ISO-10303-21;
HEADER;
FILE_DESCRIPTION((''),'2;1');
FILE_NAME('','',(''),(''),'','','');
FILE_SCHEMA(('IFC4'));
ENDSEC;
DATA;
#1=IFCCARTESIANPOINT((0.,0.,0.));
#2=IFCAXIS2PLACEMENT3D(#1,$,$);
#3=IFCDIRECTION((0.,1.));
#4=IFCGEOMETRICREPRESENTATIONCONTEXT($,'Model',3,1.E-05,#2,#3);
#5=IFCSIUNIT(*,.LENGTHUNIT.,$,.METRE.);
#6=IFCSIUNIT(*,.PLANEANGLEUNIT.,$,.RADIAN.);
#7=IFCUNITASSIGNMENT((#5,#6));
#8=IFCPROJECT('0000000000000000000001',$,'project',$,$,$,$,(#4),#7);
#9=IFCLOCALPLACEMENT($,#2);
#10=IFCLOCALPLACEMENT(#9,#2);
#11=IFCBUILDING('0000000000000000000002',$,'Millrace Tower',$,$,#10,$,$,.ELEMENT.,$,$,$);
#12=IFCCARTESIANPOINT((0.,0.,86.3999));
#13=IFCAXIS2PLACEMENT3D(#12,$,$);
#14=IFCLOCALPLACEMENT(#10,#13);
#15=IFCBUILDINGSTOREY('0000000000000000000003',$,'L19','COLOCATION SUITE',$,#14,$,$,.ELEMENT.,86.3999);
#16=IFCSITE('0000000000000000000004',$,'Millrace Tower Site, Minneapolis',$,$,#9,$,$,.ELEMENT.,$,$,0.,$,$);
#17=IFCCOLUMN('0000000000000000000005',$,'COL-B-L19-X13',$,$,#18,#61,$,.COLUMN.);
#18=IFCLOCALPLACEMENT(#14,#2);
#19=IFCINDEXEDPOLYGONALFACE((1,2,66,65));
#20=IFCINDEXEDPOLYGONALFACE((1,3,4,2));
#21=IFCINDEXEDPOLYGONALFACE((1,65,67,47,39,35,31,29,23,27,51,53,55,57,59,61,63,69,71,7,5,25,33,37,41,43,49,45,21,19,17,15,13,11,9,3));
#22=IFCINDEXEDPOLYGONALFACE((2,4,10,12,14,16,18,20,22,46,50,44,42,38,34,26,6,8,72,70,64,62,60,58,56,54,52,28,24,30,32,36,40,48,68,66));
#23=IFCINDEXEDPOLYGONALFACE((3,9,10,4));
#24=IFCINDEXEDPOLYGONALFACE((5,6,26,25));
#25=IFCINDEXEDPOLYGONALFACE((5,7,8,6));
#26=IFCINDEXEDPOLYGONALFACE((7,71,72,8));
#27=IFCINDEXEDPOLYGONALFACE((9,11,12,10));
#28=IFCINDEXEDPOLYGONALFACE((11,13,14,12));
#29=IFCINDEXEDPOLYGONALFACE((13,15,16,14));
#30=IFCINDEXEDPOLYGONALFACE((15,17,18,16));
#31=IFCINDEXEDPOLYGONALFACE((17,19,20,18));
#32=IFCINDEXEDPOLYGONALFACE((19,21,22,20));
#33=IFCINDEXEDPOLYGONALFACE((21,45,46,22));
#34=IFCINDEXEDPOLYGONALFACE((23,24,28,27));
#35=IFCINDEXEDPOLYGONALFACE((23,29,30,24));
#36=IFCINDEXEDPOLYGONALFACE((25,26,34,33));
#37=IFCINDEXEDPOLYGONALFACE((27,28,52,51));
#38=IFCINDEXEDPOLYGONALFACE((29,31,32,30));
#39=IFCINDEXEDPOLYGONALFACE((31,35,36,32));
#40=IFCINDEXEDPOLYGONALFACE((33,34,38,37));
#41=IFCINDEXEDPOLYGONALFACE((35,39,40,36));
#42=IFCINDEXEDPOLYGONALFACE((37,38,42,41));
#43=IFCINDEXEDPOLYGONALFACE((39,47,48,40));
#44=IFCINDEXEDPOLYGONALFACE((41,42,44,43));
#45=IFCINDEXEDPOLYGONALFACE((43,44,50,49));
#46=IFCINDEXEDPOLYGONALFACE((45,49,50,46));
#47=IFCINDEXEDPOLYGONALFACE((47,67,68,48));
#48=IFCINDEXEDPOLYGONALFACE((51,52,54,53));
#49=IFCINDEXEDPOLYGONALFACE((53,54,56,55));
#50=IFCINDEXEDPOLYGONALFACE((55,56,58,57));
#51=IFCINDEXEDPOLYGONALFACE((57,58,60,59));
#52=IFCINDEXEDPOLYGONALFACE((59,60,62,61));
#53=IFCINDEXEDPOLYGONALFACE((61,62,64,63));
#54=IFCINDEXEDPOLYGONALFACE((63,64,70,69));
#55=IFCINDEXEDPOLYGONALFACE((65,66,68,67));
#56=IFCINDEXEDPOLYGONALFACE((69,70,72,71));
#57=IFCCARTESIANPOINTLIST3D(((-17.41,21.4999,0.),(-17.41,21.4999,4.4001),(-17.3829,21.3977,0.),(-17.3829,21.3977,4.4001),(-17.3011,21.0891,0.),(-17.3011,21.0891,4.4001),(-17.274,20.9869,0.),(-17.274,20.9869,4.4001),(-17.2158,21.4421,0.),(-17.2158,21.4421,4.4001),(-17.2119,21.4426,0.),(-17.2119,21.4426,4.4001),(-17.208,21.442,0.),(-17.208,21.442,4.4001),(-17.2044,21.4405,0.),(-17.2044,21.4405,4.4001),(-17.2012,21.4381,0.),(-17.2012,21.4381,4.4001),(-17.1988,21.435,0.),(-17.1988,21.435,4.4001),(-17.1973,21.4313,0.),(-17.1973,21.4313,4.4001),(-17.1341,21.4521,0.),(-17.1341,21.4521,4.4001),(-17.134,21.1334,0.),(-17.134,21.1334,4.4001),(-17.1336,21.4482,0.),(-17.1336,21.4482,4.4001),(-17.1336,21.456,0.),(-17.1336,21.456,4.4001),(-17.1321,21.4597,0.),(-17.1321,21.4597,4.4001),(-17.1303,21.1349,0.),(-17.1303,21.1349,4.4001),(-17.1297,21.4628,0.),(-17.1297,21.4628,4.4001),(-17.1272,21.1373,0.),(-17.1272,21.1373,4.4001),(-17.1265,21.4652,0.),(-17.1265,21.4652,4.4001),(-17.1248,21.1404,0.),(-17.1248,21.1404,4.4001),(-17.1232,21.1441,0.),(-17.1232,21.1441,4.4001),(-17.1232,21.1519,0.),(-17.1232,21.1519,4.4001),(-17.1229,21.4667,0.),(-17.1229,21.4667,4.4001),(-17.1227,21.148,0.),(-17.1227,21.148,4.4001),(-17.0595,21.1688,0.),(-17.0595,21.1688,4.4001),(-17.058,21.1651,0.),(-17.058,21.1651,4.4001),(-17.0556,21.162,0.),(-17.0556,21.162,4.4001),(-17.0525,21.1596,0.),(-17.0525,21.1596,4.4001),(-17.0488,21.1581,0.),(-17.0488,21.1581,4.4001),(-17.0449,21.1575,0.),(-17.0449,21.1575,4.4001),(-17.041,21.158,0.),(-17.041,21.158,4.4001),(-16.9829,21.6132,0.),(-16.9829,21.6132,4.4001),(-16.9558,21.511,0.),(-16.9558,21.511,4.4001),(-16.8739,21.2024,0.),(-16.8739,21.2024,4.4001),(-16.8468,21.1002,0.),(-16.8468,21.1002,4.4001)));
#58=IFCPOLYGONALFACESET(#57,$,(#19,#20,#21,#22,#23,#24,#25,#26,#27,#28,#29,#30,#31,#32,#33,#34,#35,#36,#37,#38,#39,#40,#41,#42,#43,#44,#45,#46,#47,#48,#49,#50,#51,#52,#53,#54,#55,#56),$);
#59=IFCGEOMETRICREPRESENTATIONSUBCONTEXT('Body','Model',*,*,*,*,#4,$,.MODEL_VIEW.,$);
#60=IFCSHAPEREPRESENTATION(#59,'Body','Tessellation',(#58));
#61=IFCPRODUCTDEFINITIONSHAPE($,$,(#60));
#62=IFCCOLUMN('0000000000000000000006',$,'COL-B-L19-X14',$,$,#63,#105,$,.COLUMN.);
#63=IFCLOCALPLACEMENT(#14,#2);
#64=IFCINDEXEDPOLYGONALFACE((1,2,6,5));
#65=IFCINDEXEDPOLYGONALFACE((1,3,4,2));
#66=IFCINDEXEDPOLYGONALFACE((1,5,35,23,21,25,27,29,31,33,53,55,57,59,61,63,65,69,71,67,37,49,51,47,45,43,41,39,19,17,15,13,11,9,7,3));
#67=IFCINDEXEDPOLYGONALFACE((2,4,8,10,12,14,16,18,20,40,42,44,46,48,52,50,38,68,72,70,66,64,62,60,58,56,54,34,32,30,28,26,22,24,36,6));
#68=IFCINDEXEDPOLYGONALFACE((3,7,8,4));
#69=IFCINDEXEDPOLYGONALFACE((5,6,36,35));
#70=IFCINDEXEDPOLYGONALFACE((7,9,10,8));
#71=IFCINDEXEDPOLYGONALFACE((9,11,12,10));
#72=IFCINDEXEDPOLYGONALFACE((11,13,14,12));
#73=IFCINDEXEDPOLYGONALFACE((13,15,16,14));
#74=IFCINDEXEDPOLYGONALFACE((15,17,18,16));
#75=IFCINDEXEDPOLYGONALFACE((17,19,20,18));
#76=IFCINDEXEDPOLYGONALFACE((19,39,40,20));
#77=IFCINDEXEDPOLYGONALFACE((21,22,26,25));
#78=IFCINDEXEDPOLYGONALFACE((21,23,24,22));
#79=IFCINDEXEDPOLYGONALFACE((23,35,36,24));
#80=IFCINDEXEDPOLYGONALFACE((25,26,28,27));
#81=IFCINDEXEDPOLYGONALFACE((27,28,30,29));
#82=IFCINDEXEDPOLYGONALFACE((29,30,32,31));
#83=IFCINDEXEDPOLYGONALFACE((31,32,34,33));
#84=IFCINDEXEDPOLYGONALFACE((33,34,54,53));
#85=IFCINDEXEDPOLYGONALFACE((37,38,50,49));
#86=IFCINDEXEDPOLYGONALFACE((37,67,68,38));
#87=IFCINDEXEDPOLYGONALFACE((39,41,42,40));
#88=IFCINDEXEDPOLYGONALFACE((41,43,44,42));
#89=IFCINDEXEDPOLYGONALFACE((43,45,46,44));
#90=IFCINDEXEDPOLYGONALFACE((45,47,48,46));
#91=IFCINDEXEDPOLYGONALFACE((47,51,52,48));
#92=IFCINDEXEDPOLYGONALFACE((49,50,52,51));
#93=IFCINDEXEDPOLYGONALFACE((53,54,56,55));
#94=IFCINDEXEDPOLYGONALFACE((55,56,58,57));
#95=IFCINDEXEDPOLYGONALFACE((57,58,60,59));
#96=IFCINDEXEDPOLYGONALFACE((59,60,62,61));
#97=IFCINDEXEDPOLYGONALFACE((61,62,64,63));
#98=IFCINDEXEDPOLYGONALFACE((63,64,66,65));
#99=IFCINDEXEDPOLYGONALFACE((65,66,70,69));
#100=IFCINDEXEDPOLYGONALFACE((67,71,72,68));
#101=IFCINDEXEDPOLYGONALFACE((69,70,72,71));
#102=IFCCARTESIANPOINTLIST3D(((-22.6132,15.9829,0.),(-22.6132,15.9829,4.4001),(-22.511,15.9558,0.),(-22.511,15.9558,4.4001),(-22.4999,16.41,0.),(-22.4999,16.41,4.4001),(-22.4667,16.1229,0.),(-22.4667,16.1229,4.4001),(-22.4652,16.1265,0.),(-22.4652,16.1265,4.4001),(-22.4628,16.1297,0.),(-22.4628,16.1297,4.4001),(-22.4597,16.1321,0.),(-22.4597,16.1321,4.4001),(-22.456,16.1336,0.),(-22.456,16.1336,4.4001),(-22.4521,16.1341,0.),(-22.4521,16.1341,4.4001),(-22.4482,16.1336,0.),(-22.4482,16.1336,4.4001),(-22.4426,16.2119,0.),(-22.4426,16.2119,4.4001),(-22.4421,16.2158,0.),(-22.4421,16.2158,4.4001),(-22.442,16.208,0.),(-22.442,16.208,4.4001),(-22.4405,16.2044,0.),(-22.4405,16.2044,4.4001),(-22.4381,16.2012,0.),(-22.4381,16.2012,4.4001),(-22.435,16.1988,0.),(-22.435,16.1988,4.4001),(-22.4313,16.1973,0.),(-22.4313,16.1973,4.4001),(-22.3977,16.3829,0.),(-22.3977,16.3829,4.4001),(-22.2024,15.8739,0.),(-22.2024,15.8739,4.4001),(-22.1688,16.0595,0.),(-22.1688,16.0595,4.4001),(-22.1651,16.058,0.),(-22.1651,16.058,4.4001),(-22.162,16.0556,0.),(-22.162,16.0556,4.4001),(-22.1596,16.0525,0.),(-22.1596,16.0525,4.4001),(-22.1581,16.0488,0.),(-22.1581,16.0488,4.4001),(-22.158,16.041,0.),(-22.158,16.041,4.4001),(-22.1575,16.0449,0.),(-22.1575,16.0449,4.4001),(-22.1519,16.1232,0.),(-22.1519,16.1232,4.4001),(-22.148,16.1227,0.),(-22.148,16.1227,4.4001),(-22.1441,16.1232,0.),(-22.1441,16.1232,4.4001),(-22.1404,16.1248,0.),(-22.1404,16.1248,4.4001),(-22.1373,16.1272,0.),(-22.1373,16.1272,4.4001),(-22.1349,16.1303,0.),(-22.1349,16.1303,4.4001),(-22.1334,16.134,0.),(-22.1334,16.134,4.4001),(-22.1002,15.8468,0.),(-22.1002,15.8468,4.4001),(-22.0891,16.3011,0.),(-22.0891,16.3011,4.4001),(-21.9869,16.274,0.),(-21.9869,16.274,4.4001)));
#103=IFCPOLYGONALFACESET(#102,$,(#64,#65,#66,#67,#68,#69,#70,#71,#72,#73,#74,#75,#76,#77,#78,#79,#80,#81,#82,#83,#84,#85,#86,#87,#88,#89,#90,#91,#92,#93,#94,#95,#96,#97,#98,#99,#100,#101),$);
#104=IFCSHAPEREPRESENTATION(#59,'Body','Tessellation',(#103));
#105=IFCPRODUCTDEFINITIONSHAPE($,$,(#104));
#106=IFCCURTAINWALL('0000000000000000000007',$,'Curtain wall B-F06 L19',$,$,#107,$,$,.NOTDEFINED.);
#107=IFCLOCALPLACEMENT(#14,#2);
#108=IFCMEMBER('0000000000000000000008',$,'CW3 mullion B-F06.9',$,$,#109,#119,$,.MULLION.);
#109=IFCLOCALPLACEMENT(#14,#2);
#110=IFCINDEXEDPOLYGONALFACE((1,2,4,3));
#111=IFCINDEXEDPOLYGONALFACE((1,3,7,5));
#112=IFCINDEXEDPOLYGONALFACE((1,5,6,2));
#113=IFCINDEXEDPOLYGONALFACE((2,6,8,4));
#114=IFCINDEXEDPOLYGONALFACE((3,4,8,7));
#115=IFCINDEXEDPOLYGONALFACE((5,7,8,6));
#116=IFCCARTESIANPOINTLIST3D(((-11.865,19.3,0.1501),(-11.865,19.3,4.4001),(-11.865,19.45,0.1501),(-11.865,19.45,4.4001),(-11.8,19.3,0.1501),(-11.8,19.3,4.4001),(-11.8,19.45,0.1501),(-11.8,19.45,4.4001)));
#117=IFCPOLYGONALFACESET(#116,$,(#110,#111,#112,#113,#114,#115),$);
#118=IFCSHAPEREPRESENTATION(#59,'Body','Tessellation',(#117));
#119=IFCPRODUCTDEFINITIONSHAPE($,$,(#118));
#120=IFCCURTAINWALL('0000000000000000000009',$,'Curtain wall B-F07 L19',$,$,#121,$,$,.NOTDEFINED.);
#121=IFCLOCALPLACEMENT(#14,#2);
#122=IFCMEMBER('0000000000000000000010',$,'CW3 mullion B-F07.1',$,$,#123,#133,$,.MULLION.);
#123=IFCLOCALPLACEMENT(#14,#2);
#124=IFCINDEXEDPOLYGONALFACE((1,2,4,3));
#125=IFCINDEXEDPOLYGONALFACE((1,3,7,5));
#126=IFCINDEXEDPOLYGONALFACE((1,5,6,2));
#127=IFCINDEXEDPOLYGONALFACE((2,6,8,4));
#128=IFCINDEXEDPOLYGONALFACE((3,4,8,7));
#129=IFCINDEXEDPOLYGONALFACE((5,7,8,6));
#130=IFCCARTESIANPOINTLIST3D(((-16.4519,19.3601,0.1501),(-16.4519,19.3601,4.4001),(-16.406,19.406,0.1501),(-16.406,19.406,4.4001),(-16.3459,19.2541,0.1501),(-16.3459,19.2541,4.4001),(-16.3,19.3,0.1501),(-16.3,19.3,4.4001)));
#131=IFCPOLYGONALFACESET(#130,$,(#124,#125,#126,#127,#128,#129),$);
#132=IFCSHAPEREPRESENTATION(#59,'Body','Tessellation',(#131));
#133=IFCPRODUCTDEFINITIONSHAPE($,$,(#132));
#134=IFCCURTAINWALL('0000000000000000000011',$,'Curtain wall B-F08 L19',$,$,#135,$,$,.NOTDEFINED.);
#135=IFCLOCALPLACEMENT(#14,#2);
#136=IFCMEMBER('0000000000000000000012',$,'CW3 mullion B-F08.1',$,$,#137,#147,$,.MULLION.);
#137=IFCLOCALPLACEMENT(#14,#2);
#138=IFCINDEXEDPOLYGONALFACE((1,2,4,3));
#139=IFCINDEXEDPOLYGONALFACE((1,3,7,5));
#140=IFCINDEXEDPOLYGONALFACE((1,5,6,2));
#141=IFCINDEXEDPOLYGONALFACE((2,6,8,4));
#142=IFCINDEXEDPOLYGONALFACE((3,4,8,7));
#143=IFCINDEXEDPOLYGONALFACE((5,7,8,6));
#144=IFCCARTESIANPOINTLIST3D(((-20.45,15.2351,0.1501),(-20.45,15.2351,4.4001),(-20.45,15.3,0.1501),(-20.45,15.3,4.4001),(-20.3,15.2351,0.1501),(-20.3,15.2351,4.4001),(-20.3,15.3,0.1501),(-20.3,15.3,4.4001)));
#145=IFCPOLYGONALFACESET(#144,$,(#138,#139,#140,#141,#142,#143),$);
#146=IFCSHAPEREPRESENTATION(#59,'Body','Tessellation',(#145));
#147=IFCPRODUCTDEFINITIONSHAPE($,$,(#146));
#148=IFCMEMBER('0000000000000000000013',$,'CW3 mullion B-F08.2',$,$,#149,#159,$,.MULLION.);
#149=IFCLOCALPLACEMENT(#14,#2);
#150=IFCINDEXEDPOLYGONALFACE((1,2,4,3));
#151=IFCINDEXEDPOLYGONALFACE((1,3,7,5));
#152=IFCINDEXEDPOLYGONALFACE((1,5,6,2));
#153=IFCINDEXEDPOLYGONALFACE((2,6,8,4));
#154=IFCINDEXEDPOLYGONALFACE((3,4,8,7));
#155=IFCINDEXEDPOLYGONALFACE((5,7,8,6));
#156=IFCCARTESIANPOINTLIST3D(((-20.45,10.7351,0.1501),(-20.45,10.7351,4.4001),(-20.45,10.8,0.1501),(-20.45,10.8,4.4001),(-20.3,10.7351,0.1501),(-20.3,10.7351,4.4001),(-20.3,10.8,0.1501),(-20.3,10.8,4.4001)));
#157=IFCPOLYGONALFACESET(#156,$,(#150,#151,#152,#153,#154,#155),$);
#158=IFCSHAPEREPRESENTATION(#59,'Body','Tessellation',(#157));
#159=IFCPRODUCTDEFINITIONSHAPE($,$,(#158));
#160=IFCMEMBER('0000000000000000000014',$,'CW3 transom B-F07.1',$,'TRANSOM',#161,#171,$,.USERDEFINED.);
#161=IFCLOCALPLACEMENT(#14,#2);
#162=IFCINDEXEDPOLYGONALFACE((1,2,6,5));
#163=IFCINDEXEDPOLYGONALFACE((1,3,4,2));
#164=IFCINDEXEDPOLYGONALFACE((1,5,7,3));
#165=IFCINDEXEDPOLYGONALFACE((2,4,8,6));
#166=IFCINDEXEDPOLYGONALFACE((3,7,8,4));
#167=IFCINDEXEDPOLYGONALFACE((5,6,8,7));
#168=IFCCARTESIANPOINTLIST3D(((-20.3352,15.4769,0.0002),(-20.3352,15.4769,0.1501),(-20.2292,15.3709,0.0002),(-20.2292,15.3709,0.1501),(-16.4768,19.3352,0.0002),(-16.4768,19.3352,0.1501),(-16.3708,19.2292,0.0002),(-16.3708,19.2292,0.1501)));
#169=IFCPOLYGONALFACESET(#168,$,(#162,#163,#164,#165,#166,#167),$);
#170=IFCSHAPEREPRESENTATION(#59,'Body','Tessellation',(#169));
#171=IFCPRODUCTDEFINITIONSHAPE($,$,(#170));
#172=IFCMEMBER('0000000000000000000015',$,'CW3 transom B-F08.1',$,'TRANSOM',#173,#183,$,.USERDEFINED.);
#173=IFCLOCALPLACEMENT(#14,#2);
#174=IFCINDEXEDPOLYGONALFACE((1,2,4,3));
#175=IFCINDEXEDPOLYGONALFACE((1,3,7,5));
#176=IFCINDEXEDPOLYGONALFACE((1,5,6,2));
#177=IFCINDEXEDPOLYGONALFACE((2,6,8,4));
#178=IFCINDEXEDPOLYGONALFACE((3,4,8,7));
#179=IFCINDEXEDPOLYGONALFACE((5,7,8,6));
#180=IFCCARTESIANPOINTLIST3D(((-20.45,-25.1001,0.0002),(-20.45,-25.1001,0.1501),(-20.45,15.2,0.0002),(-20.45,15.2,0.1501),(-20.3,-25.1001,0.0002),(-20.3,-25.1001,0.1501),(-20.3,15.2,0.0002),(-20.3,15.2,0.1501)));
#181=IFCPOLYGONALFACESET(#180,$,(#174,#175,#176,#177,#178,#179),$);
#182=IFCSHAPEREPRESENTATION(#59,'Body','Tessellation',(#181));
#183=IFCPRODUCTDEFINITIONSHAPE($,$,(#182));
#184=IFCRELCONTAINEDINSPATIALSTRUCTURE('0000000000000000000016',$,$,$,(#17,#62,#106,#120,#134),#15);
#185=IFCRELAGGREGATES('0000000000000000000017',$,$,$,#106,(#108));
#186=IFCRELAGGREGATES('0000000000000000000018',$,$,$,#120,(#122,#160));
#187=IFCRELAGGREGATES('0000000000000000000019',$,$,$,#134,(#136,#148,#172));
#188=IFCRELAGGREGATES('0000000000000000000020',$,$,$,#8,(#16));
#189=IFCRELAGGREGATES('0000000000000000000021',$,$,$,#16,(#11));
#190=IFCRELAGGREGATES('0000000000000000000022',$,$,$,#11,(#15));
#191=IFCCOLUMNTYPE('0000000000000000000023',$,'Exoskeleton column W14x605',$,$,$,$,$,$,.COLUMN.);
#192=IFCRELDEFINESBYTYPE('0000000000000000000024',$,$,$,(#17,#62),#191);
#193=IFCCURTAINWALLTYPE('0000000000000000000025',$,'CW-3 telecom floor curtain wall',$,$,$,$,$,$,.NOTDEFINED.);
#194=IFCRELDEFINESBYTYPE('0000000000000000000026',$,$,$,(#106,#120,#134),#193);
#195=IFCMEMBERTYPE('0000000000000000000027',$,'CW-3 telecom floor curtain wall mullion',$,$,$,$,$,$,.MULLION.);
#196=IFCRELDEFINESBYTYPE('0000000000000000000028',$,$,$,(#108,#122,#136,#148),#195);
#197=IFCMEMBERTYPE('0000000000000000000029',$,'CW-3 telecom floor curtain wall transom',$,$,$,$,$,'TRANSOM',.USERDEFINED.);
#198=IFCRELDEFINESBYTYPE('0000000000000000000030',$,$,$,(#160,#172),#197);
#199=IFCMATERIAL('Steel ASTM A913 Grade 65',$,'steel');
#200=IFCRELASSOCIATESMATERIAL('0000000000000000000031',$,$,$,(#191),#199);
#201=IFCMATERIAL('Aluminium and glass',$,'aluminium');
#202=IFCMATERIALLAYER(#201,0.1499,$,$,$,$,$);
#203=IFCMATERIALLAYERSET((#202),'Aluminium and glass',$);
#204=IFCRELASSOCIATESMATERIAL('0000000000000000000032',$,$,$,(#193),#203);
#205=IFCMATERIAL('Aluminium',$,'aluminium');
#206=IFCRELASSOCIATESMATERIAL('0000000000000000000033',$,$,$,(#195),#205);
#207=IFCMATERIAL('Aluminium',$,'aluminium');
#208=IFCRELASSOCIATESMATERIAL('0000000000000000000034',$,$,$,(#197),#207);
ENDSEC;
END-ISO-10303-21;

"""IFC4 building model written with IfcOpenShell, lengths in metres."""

from ifc_helpers import new_model, si_unit, direction, frame, origin, origin_2d, place, context, subcontext, project, spatial, rectangle, i_section, extrude, material, layer, layer_set, material_profile, profile_set, type_object, element, aggregate, save


model = new_model("IFC4")

# Units and contexts
model_context = context("Model", 3, precision=1e-05, world=origin(), true_north=direction((0.0, 1.0)))
body_context = subcontext(model_context, "Body", "Model", "MODEL_VIEW")
ifc_project = project(units=[si_unit("LENGTHUNIT", "METRE"), si_unit("PLANEANGLEUNIT", "RADIAN")], contexts=[model_context])

# Site, building, storey
site_placement = place(None, origin())
site = spatial("IfcSite", under=ifc_project, at=site_placement, Name="Millrace Tower Site, Minneapolis", CompositionType="ELEMENT", RefElevation=0.0)
building_placement = place(site_placement, origin())
building = spatial("IfcBuilding", under=site, at=building_placement, Name="Millrace Tower", CompositionType="ELEMENT")
storey_placement = place(building_placement, frame((0.0, 0.0, 86.3999)))
storey = spatial("IfcBuildingStorey", under=building, at=storey_placement, Name="L19", Description="COLOCATION SUITE", CompositionType="ELEMENT", Elevation=86.3999)

# Columns
ifc_material_1 = material(Name="Steel ASTM A913 Grade 65", Category="steel")
ifc_material_profile_1 = material_profile(ifc_material_1, i_section(OverallWidth=0.4419, OverallDepth=0.5308, WebThickness=0.0659, FlangeThickness=0.1057, FilletRadius=0.0151, at=origin_2d()))
ifc_profile_set_1 = profile_set([ifc_material_profile_1], Name="Steel ASTM A913 Grade 65")
column_type = type_object("IfcColumnType", Name="Exoskeleton column W14x605", PredefinedType="COLUMN", material=ifc_profile_set_1)
for number, where, z_axis, x_axis, name in (
    (1, (-17.1284, 21.3, 0.0), (0.0, 0.0, 1.0), (-0.966585, -0.256347, 0.0), "COL-B-L19-X13"),
    (2, (-22.3, 16.1284, 0.0), (0.0, 0.0, 1.0), (-0.256347, -0.966585, 0.0), "COL-B-L19-X14"),
):
    element("IfcColumn", number, at=place(storey_placement, frame(where, z_axis=z_axis, x_axis=x_axis)), inside=storey, type_object=column_type, Name=name, PredefinedType="COLUMN", context=body_context, shape_type="SweptSolid", body=[
        extrude(i_section(OverallWidth=0.4419, OverallDepth=0.5308, WebThickness=0.0659, FlangeThickness=0.1057, FilletRadius=0.0151, at=origin_2d()), origin(), (0.0, 0.0, 1.0), 4.4001),
    ])

# Curtain walls, members
ifc_material_2 = material(Name="Aluminium and glass", Category="aluminium")
ifc_layer_1 = layer(ifc_material_2, 0.1499)
ifc_layer_set_1 = layer_set([ifc_layer_1], Name="Aluminium and glass")
curtain_wall_type = type_object("IfcCurtainWallType", Name="CW-3 telecom floor curtain wall", PredefinedType="NOTDEFINED", material=ifc_layer_set_1)
placement = place(storey_placement, origin())
curtain_wall_1 = element("IfcCurtainWall", 3, at=placement, inside=storey, type_object=curtain_wall_type, Name="Curtain wall B-F06 L19", PredefinedType="NOTDEFINED")
ifc_material_3 = material(Name="Aluminium", Category="aluminium")
ifc_material_profile_2 = material_profile(ifc_material_3, rectangle(XDim=0.0649, YDim=0.1499, at=origin_2d()))
ifc_profile_set_2 = profile_set([ifc_material_profile_2], Name="Aluminium")
member_type_1 = type_object("IfcMemberType", Name="CW-3 telecom floor curtain wall mullion", PredefinedType="MULLION", material=ifc_profile_set_2)
member_1_placement = place(storey_placement, frame((-11.8325, 19.375, 0.1501), z_axis=(0.0, 0.0, 1.0), x_axis=(-1.0, 0.0, 0.0)))
member_1 = element("IfcMember", 4, at=member_1_placement, type_object=member_type_1, Name="CW3 mullion B-F06.9", PredefinedType="MULLION", context=body_context, shape_type="SweptSolid", body=[
    extrude(rectangle(XDim=0.0649, YDim=0.1499, at=origin_2d()), origin(), (0.0, 0.0, 1.0), 4.25),
])
aggregate(curtain_wall_1, [member_1])
curtain_wall_2 = element("IfcCurtainWall", 5, at=placement, inside=storey, type_object=curtain_wall_type, Name="Curtain wall B-F07 L19", PredefinedType="NOTDEFINED")
member_2_placement = place(storey_placement, frame((-16.376, 19.3301, 0.1501), z_axis=(0.0, 0.0, 1.0), x_axis=(-0.707107, -0.707107, 0.0)))
member_2 = element("IfcMember", 6, at=member_2_placement, type_object=member_type_1, Name="CW3 mullion B-F07.1", PredefinedType="MULLION", context=body_context, shape_type="SweptSolid", body=[
    extrude(rectangle(XDim=0.0649, YDim=0.1499, at=origin_2d()), origin(), (0.0, 0.0, 1.0), 4.25),
])

# Curtain wall, members
curtain_wall_3 = element("IfcCurtainWall", 7, at=placement, inside=storey, type_object=curtain_wall_type, Name="Curtain wall B-F08 L19", PredefinedType="NOTDEFINED")
member_3_placement = place(storey_placement, frame((-20.375, 15.2676, 0.1501), z_axis=(0.0, 0.0, 1.0), x_axis=(0.0, -1.0, 0.0)))
member_3 = element("IfcMember", 8, at=member_3_placement, type_object=member_type_1, Name="CW3 mullion B-F08.1", PredefinedType="MULLION", context=body_context, shape_type="SweptSolid", body=[
    extrude(rectangle(XDim=0.0649, YDim=0.1499, at=origin_2d()), origin(), (0.0, 0.0, 1.0), 4.25),
])
member_4_placement = place(storey_placement, frame((-20.375, 10.7676, 0.1501), z_axis=(0.0, 0.0, 1.0), x_axis=(0.0, -1.0, 0.0)))
member_4 = element("IfcMember", 9, at=member_4_placement, type_object=member_type_1, Name="CW3 mullion B-F08.2", PredefinedType="MULLION", context=body_context, shape_type="SweptSolid", body=[
    extrude(rectangle(XDim=0.0649, YDim=0.1499, at=origin_2d()), origin(), (0.0, 0.0, 1.0), 4.25),
])

# Members
ifc_material_4 = material(Name="Aluminium", Category="aluminium")
ifc_material_profile_3 = material_profile(ifc_material_4, rectangle(XDim=0.1499, YDim=0.1499, at=origin_2d()))
ifc_profile_set_3 = profile_set([ifc_material_profile_3], Name="Aluminium")
member_type_2 = type_object("IfcMemberType", Name="CW-3 telecom floor curtain wall transom", ElementType="TRANSOM", PredefinedType="USERDEFINED", material=ifc_profile_set_3)
member_5_placement = place(storey_placement, frame((-16.4238, 19.2822, 0.0752), z_axis=(-0.707107, -0.707107, 0.0), x_axis=(0.707107, -0.707107, 0.0)))
member_5 = element("IfcMember", 10, at=member_5_placement, type_object=member_type_2, Name="CW3 transom B-F07.1", ObjectType="TRANSOM", PredefinedType="USERDEFINED", context=body_context, shape_type="SweptSolid", body=[
    extrude(rectangle(XDim=0.1499, YDim=0.1499, at=origin_2d()), origin(), (0.0, 0.0, 1.0), 5.4565),
])
aggregate(curtain_wall_2, [member_2, member_5])
member_6_placement = place(storey_placement, frame((-20.375, 15.2, 0.0752), z_axis=(0.0, -1.0, 0.0), x_axis=(1.0, 0.0, 0.0)))
member_6 = element("IfcMember", 11, at=member_6_placement, type_object=member_type_2, Name="CW3 transom B-F08.1", ObjectType="TRANSOM", PredefinedType="USERDEFINED", context=body_context, shape_type="SweptSolid", body=[
    extrude(rectangle(XDim=0.1499, YDim=0.1499, at=origin_2d()), origin(), (0.0, 0.0, 1.0), 40.3),
])
aggregate(curtain_wall_3, [member_3, member_4, member_6])

save(model, "model.ifc")
